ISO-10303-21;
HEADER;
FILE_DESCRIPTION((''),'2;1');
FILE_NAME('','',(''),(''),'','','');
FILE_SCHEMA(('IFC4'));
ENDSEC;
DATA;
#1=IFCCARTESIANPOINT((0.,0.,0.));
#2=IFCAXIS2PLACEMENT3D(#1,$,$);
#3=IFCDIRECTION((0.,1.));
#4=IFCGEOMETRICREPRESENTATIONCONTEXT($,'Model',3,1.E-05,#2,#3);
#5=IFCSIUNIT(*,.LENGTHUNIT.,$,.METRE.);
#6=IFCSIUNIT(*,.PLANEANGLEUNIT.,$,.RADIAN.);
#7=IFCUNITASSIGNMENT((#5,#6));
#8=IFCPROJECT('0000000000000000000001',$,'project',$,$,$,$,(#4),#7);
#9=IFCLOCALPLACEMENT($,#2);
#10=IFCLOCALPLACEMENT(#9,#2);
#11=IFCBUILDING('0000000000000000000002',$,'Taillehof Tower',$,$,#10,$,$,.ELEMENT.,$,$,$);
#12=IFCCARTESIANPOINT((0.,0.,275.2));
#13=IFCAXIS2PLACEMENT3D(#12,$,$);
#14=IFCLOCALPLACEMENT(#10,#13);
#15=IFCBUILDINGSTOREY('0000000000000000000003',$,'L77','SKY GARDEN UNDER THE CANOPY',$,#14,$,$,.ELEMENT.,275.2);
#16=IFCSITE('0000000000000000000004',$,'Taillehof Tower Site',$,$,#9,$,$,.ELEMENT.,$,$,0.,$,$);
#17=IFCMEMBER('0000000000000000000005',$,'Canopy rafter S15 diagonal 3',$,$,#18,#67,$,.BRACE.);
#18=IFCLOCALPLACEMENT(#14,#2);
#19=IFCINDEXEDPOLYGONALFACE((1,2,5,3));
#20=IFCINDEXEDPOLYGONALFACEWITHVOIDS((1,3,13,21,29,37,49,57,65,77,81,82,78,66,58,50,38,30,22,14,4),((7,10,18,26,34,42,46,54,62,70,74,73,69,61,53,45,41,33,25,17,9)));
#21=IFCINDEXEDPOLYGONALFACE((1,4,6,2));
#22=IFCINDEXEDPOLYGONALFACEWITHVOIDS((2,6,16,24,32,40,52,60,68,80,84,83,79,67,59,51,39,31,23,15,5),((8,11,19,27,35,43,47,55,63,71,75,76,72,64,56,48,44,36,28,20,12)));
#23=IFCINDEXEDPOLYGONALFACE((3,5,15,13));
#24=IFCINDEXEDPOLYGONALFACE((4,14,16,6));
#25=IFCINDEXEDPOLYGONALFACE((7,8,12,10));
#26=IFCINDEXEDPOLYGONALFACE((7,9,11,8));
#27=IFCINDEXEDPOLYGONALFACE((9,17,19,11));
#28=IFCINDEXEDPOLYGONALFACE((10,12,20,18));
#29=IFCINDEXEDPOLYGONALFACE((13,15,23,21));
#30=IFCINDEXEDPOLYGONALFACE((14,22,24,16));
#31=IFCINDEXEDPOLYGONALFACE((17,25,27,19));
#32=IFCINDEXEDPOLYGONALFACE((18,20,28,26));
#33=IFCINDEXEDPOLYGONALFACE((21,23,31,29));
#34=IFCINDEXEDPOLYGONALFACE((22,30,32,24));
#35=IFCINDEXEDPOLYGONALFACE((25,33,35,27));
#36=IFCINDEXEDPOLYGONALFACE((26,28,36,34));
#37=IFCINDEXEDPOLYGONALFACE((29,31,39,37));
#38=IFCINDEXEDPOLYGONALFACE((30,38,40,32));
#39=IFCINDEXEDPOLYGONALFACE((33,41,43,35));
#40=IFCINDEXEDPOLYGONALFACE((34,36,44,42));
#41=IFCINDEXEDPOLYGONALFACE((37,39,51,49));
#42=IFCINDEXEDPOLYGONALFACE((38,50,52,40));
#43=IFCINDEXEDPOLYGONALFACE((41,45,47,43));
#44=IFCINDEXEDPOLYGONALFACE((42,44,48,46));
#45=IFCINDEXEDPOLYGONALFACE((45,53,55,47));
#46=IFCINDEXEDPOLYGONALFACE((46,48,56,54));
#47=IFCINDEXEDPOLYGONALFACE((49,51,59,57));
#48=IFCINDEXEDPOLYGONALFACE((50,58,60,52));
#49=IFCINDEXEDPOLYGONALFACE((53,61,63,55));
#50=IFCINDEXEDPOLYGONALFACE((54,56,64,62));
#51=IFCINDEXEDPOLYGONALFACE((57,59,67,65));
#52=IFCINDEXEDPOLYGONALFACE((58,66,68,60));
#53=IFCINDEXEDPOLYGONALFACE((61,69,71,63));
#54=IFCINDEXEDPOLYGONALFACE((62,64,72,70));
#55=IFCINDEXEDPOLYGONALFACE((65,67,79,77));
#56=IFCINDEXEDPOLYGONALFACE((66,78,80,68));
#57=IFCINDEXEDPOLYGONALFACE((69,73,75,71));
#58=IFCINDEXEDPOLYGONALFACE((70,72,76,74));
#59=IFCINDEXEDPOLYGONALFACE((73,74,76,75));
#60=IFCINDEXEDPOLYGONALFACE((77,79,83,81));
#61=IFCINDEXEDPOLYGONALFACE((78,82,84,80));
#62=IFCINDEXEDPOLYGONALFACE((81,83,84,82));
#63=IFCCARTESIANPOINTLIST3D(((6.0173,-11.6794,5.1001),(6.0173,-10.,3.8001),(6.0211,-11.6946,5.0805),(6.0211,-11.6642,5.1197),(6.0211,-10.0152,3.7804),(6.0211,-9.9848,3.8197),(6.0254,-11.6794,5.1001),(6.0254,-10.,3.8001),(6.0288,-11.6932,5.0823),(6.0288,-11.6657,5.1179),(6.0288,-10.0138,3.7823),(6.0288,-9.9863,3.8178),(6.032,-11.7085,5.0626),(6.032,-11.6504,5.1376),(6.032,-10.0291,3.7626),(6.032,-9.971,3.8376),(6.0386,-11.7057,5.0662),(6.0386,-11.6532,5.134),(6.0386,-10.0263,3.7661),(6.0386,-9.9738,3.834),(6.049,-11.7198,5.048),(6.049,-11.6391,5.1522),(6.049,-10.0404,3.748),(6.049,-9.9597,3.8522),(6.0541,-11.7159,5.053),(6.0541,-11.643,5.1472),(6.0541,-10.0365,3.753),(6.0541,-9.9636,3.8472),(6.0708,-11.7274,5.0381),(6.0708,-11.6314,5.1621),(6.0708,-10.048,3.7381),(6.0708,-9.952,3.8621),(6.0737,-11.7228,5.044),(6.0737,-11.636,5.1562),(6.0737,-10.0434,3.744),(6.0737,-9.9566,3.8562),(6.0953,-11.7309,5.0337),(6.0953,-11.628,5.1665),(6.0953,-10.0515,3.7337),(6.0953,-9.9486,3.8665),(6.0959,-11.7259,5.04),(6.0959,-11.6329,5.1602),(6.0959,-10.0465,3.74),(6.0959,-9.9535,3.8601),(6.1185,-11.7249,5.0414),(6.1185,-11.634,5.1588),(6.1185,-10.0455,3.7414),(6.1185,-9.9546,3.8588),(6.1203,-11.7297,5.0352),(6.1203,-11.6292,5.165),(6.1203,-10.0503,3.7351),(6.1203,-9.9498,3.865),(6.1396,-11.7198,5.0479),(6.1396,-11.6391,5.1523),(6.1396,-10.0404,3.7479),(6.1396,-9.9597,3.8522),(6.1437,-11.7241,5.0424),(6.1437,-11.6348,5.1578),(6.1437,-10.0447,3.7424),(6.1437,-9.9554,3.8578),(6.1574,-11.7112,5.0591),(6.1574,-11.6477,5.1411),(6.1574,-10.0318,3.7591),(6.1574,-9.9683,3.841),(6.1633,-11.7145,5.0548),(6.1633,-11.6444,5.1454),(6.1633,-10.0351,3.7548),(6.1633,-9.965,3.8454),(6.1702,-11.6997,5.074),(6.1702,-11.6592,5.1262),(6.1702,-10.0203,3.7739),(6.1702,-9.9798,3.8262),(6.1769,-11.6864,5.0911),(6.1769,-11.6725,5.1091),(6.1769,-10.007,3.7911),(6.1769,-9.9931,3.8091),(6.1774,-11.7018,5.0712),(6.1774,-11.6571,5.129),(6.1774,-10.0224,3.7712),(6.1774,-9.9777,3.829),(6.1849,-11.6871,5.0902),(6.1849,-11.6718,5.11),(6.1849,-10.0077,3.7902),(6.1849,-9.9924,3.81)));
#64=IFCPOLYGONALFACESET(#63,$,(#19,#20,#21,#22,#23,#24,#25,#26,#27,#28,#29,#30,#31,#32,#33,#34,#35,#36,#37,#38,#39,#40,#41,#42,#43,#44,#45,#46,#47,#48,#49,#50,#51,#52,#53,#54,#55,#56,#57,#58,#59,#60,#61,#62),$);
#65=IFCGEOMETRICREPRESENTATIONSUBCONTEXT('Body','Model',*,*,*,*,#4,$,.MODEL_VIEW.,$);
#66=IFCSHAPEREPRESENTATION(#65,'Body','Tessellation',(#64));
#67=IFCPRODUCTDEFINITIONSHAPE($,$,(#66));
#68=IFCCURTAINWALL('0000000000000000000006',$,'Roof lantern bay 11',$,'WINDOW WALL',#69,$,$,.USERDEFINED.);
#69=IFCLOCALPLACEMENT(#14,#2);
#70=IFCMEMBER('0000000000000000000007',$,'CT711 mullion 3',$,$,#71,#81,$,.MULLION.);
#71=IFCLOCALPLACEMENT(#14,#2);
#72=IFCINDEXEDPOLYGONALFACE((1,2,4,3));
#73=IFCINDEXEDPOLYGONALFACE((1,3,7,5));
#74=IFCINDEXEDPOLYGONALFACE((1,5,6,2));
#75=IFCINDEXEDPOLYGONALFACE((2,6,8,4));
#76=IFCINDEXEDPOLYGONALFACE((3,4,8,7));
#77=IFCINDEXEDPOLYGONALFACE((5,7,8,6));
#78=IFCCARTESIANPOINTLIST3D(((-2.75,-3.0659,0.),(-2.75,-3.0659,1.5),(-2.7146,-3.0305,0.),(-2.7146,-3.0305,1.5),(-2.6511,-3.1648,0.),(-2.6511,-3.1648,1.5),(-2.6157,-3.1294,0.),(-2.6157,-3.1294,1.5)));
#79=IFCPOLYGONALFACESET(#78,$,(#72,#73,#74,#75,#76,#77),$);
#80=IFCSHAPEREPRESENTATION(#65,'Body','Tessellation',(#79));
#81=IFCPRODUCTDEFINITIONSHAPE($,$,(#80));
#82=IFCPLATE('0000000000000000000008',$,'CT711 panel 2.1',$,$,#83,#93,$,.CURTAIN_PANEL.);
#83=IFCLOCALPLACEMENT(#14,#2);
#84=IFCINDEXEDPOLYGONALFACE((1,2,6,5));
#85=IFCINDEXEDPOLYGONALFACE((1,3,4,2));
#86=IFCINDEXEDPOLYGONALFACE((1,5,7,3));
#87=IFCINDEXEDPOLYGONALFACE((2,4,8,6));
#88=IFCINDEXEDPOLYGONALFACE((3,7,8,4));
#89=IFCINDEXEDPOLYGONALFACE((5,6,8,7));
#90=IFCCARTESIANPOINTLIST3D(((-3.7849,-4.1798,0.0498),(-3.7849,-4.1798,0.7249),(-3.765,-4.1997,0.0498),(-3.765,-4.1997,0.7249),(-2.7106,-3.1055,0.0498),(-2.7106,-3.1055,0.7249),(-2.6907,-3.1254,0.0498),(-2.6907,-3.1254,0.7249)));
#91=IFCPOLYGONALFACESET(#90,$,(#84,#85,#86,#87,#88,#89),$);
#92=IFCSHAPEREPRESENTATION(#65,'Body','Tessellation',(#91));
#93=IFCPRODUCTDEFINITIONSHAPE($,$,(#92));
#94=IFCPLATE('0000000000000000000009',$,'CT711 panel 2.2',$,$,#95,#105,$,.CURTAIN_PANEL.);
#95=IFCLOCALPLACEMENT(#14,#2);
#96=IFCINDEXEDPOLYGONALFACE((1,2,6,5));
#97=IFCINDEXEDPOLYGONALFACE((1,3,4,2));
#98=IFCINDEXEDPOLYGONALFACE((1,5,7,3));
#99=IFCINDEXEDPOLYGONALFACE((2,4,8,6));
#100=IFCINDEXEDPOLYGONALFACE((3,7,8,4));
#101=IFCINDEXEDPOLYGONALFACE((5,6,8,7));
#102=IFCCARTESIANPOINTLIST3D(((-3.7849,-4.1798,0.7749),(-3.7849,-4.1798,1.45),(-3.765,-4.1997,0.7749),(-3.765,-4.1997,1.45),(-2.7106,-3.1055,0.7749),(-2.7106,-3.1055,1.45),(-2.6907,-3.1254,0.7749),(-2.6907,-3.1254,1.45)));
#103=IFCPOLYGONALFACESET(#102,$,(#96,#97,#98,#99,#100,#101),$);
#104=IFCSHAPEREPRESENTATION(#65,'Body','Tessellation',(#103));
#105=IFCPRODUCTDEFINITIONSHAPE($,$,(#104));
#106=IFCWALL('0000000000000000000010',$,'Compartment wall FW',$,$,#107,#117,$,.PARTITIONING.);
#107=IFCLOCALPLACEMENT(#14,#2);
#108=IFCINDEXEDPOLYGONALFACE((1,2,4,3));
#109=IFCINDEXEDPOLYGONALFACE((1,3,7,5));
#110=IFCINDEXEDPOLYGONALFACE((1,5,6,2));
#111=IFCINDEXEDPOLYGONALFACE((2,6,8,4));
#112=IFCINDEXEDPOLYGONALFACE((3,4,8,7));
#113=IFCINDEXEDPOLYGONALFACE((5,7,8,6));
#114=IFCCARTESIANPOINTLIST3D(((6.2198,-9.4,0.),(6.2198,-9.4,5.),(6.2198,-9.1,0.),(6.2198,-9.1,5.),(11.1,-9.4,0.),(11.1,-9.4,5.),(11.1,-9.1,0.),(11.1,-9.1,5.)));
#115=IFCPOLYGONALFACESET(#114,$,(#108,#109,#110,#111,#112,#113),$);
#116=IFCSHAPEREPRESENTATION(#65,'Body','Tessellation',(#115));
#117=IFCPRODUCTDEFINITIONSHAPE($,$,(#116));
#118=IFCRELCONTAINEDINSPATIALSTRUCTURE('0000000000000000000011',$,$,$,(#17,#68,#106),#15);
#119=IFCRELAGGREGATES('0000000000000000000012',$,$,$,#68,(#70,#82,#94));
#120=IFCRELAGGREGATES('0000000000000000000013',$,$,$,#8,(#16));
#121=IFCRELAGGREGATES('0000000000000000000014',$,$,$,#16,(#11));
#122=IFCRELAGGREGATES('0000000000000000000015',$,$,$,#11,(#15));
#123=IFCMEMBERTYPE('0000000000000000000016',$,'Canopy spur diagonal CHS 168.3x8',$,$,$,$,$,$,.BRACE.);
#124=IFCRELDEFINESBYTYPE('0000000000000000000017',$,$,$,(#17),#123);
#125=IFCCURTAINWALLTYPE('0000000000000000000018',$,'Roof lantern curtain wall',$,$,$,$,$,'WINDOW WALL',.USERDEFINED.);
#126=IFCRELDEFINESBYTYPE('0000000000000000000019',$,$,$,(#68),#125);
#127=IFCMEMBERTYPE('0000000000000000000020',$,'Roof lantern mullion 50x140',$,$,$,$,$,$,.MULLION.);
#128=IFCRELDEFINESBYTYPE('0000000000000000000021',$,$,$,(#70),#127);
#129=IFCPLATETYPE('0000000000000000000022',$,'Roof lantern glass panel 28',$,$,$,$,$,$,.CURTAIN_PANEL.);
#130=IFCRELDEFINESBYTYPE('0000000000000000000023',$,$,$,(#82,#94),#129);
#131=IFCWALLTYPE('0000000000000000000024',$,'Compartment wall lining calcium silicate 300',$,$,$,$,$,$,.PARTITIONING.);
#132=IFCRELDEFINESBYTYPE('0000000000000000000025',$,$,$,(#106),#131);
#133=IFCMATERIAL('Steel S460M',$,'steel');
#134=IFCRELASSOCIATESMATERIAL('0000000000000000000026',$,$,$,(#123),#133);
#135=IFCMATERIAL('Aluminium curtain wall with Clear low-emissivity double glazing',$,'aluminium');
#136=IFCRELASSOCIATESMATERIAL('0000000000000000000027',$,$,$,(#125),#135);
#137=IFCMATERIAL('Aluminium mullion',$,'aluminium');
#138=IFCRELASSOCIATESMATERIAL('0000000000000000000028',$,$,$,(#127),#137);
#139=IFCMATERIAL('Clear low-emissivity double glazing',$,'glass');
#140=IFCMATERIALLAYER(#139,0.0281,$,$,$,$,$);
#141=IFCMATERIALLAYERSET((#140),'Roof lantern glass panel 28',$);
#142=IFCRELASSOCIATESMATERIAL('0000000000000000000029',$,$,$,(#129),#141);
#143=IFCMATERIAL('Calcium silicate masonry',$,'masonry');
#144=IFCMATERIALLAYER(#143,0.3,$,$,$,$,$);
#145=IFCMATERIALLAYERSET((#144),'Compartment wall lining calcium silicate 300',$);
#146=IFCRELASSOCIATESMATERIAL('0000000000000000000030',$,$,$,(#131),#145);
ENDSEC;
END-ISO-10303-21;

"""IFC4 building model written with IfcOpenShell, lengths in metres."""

from ifc_helpers import new_model, si_unit, direction, frame, frame_2d, origin, origin_2d, place, context, subcontext, project, spatial, rectangle, hollow_circle, extrude, material, layer, layer_set, material_profile, profile_set, type_object, element, aggregate, save


model = new_model("IFC4")

# Units and contexts
model_context = context("Model", 3, precision=1e-05, world=origin(), true_north=direction((0.0, 1.0)))
body_context = subcontext(model_context, "Body", "Model", "MODEL_VIEW")
ifc_project = project(units=[si_unit("LENGTHUNIT", "METRE"), si_unit("PLANEANGLEUNIT", "RADIAN")], contexts=[model_context])

# Site, building, storey
site_placement = place(None, origin())
site = spatial("IfcSite", under=ifc_project, at=site_placement, Name="Taillehof Tower Site", CompositionType="ELEMENT", RefElevation=0.0)
building_placement = place(site_placement, origin())
building = spatial("IfcBuilding", under=site, at=building_placement, Name="Taillehof Tower", CompositionType="ELEMENT")
storey_placement = place(building_placement, frame((0.0, 0.0, 275.2)))
storey = spatial("IfcBuildingStorey", under=building, at=storey_placement, Name="L77", Description="SKY GARDEN UNDER THE CANOPY", CompositionType="ELEMENT", Elevation=275.2)

# Member
ifc_material_1 = material(Name="Steel S460M", Category="steel")
ifc_material_profile_1 = material_profile(ifc_material_1, hollow_circle(Radius=0.0842, WallThickness=0.0081, at=origin_2d()), Name="CHS 168.3x8")
ifc_profile_set_1 = profile_set([ifc_material_profile_1], Name="Steel S460M")
member_type_1 = type_object("IfcMemberType", Name="Canopy spur diagonal CHS 168.3x8", PredefinedType="BRACE", material=ifc_profile_set_1)
member_1_placement = place(storey_placement, frame((6.1016, -11.6794, 5.1001), z_axis=(0.0, 0.790761, -0.612125), x_axis=(-1.0, 0.0, 0.0)))
element("IfcMember", 1, at=member_1_placement, inside=storey, type_object=member_type_1, Name="Canopy rafter S15 diagonal 3", PredefinedType="BRACE", context=body_context, shape_type="SweptSolid", body=[
    extrude(hollow_circle(Radius=0.0842, WallThickness=0.0081, at=origin_2d()), origin(), (0.0, 0.0, 1.0), 2.1238),
])

# Curtain wall, member, plates
ifc_material_2 = material(Name="Aluminium curtain wall with Clear low-emissivity double glazing", Category="aluminium")
curtain_wall_type = type_object("IfcCurtainWallType", Name="Roof lantern curtain wall", ElementType="WINDOW WALL", PredefinedType="USERDEFINED", material=ifc_material_2)
curtain_wall_placement = place(storey_placement, origin())
curtain_wall = element("IfcCurtainWall", 2, at=curtain_wall_placement, inside=storey, type_object=curtain_wall_type, Name="Roof lantern bay 11", ObjectType="WINDOW WALL", PredefinedType="USERDEFINED")
ifc_material_3 = material(Name="Aluminium mullion", Category="aluminium")
ifc_material_profile_2 = material_profile(ifc_material_3, rectangle(XDim=0.1399, YDim=0.05, at=origin_2d()), Name="AL 50x140")
ifc_profile_set_2 = profile_set([ifc_material_profile_2], Name="Aluminium mullion")
member_type_2 = type_object("IfcMemberType", Name="Roof lantern mullion 50x140", PredefinedType="MULLION", material=ifc_profile_set_2)
member_2_placement = place(storey_placement, frame((-2.6829, -3.0977, 0.0), z_axis=(0.0, 0.0, 1.0), x_axis=(-0.707107, 0.707107, 0.0)))
member_2 = element("IfcMember", 3, at=member_2_placement, type_object=member_type_2, Name="CT711 mullion 3", PredefinedType="MULLION", context=body_context, shape_type="SweptSolid", body=[
    extrude(rectangle(XDim=0.1399, YDim=0.05, at=origin_2d()), origin(), (0.0, 0.0, 1.0), 1.5),
])
ifc_material_4 = material(Name="Clear low-emissivity double glazing", Category="glass")
ifc_layer_1 = layer(ifc_material_4, 0.0281)
ifc_layer_set_1 = layer_set([ifc_layer_1], Name="Roof lantern glass panel 28")
plate_type = type_object("IfcPlateType", Name="Roof lantern glass panel 28", PredefinedType="CURTAIN_PANEL", material=ifc_layer_set_1)
plate_1_placement = place(storey_placement, frame((-3.2378, -3.6526, 0.0498), z_axis=(0.0, 0.0, 1.0), x_axis=(0.707107, 0.707107, 0.0)))
plate_1 = element("IfcPlate", 4, at=plate_1_placement, type_object=plate_type, Name="CT711 panel 2.1", PredefinedType="CURTAIN_PANEL", context=body_context, shape_type="SweptSolid", body=[
    extrude(rectangle(XDim=1.5193, YDim=0.0281, at=origin_2d()), origin(), (0.0, 0.0, 1.0), 0.675),
])
plate_2_placement = place(storey_placement, frame((-3.2378, -3.6526, 0.7749), z_axis=(0.0, 0.0, 1.0), x_axis=(0.707107, 0.707107, 0.0)))
plate_2 = element("IfcPlate", 5, at=plate_2_placement, type_object=plate_type, Name="CT711 panel 2.2", PredefinedType="CURTAIN_PANEL", context=body_context, shape_type="SweptSolid", body=[
    extrude(rectangle(XDim=1.5193, YDim=0.0281, at=origin_2d()), origin(), (0.0, 0.0, 1.0), 0.675),
])
aggregate(curtain_wall, [member_2, plate_1, plate_2])

# Wall
ifc_material_5 = material(Name="Calcium silicate masonry", Category="masonry")
ifc_layer_2 = layer(ifc_material_5, 0.3)
ifc_layer_set_2 = layer_set([ifc_layer_2], Name="Compartment wall lining calcium silicate 300")
wall_type_1 = type_object("IfcWallType", Name="Compartment wall lining calcium silicate 300", PredefinedType="PARTITIONING", material=ifc_layer_set_2)
wall_1_placement = place(storey_placement, frame((6.22, -9.25, 0.0), z_axis=(0.0, 0.0, 1.0), x_axis=(1.0, 0.0, 0.0)))
element("IfcWall", 6, at=wall_1_placement, inside=storey, type_object=wall_type_1, Name="Compartment wall FW", PredefinedType="PARTITIONING", context=body_context, shape_type="SweptSolid", body=[
    extrude(rectangle(XDim=4.8801, YDim=0.3, at=frame_2d((2.4399, 0.0))), origin(), (0.0, 0.0, 1.0), 5.0),
])

save(model, "model.ifc")
